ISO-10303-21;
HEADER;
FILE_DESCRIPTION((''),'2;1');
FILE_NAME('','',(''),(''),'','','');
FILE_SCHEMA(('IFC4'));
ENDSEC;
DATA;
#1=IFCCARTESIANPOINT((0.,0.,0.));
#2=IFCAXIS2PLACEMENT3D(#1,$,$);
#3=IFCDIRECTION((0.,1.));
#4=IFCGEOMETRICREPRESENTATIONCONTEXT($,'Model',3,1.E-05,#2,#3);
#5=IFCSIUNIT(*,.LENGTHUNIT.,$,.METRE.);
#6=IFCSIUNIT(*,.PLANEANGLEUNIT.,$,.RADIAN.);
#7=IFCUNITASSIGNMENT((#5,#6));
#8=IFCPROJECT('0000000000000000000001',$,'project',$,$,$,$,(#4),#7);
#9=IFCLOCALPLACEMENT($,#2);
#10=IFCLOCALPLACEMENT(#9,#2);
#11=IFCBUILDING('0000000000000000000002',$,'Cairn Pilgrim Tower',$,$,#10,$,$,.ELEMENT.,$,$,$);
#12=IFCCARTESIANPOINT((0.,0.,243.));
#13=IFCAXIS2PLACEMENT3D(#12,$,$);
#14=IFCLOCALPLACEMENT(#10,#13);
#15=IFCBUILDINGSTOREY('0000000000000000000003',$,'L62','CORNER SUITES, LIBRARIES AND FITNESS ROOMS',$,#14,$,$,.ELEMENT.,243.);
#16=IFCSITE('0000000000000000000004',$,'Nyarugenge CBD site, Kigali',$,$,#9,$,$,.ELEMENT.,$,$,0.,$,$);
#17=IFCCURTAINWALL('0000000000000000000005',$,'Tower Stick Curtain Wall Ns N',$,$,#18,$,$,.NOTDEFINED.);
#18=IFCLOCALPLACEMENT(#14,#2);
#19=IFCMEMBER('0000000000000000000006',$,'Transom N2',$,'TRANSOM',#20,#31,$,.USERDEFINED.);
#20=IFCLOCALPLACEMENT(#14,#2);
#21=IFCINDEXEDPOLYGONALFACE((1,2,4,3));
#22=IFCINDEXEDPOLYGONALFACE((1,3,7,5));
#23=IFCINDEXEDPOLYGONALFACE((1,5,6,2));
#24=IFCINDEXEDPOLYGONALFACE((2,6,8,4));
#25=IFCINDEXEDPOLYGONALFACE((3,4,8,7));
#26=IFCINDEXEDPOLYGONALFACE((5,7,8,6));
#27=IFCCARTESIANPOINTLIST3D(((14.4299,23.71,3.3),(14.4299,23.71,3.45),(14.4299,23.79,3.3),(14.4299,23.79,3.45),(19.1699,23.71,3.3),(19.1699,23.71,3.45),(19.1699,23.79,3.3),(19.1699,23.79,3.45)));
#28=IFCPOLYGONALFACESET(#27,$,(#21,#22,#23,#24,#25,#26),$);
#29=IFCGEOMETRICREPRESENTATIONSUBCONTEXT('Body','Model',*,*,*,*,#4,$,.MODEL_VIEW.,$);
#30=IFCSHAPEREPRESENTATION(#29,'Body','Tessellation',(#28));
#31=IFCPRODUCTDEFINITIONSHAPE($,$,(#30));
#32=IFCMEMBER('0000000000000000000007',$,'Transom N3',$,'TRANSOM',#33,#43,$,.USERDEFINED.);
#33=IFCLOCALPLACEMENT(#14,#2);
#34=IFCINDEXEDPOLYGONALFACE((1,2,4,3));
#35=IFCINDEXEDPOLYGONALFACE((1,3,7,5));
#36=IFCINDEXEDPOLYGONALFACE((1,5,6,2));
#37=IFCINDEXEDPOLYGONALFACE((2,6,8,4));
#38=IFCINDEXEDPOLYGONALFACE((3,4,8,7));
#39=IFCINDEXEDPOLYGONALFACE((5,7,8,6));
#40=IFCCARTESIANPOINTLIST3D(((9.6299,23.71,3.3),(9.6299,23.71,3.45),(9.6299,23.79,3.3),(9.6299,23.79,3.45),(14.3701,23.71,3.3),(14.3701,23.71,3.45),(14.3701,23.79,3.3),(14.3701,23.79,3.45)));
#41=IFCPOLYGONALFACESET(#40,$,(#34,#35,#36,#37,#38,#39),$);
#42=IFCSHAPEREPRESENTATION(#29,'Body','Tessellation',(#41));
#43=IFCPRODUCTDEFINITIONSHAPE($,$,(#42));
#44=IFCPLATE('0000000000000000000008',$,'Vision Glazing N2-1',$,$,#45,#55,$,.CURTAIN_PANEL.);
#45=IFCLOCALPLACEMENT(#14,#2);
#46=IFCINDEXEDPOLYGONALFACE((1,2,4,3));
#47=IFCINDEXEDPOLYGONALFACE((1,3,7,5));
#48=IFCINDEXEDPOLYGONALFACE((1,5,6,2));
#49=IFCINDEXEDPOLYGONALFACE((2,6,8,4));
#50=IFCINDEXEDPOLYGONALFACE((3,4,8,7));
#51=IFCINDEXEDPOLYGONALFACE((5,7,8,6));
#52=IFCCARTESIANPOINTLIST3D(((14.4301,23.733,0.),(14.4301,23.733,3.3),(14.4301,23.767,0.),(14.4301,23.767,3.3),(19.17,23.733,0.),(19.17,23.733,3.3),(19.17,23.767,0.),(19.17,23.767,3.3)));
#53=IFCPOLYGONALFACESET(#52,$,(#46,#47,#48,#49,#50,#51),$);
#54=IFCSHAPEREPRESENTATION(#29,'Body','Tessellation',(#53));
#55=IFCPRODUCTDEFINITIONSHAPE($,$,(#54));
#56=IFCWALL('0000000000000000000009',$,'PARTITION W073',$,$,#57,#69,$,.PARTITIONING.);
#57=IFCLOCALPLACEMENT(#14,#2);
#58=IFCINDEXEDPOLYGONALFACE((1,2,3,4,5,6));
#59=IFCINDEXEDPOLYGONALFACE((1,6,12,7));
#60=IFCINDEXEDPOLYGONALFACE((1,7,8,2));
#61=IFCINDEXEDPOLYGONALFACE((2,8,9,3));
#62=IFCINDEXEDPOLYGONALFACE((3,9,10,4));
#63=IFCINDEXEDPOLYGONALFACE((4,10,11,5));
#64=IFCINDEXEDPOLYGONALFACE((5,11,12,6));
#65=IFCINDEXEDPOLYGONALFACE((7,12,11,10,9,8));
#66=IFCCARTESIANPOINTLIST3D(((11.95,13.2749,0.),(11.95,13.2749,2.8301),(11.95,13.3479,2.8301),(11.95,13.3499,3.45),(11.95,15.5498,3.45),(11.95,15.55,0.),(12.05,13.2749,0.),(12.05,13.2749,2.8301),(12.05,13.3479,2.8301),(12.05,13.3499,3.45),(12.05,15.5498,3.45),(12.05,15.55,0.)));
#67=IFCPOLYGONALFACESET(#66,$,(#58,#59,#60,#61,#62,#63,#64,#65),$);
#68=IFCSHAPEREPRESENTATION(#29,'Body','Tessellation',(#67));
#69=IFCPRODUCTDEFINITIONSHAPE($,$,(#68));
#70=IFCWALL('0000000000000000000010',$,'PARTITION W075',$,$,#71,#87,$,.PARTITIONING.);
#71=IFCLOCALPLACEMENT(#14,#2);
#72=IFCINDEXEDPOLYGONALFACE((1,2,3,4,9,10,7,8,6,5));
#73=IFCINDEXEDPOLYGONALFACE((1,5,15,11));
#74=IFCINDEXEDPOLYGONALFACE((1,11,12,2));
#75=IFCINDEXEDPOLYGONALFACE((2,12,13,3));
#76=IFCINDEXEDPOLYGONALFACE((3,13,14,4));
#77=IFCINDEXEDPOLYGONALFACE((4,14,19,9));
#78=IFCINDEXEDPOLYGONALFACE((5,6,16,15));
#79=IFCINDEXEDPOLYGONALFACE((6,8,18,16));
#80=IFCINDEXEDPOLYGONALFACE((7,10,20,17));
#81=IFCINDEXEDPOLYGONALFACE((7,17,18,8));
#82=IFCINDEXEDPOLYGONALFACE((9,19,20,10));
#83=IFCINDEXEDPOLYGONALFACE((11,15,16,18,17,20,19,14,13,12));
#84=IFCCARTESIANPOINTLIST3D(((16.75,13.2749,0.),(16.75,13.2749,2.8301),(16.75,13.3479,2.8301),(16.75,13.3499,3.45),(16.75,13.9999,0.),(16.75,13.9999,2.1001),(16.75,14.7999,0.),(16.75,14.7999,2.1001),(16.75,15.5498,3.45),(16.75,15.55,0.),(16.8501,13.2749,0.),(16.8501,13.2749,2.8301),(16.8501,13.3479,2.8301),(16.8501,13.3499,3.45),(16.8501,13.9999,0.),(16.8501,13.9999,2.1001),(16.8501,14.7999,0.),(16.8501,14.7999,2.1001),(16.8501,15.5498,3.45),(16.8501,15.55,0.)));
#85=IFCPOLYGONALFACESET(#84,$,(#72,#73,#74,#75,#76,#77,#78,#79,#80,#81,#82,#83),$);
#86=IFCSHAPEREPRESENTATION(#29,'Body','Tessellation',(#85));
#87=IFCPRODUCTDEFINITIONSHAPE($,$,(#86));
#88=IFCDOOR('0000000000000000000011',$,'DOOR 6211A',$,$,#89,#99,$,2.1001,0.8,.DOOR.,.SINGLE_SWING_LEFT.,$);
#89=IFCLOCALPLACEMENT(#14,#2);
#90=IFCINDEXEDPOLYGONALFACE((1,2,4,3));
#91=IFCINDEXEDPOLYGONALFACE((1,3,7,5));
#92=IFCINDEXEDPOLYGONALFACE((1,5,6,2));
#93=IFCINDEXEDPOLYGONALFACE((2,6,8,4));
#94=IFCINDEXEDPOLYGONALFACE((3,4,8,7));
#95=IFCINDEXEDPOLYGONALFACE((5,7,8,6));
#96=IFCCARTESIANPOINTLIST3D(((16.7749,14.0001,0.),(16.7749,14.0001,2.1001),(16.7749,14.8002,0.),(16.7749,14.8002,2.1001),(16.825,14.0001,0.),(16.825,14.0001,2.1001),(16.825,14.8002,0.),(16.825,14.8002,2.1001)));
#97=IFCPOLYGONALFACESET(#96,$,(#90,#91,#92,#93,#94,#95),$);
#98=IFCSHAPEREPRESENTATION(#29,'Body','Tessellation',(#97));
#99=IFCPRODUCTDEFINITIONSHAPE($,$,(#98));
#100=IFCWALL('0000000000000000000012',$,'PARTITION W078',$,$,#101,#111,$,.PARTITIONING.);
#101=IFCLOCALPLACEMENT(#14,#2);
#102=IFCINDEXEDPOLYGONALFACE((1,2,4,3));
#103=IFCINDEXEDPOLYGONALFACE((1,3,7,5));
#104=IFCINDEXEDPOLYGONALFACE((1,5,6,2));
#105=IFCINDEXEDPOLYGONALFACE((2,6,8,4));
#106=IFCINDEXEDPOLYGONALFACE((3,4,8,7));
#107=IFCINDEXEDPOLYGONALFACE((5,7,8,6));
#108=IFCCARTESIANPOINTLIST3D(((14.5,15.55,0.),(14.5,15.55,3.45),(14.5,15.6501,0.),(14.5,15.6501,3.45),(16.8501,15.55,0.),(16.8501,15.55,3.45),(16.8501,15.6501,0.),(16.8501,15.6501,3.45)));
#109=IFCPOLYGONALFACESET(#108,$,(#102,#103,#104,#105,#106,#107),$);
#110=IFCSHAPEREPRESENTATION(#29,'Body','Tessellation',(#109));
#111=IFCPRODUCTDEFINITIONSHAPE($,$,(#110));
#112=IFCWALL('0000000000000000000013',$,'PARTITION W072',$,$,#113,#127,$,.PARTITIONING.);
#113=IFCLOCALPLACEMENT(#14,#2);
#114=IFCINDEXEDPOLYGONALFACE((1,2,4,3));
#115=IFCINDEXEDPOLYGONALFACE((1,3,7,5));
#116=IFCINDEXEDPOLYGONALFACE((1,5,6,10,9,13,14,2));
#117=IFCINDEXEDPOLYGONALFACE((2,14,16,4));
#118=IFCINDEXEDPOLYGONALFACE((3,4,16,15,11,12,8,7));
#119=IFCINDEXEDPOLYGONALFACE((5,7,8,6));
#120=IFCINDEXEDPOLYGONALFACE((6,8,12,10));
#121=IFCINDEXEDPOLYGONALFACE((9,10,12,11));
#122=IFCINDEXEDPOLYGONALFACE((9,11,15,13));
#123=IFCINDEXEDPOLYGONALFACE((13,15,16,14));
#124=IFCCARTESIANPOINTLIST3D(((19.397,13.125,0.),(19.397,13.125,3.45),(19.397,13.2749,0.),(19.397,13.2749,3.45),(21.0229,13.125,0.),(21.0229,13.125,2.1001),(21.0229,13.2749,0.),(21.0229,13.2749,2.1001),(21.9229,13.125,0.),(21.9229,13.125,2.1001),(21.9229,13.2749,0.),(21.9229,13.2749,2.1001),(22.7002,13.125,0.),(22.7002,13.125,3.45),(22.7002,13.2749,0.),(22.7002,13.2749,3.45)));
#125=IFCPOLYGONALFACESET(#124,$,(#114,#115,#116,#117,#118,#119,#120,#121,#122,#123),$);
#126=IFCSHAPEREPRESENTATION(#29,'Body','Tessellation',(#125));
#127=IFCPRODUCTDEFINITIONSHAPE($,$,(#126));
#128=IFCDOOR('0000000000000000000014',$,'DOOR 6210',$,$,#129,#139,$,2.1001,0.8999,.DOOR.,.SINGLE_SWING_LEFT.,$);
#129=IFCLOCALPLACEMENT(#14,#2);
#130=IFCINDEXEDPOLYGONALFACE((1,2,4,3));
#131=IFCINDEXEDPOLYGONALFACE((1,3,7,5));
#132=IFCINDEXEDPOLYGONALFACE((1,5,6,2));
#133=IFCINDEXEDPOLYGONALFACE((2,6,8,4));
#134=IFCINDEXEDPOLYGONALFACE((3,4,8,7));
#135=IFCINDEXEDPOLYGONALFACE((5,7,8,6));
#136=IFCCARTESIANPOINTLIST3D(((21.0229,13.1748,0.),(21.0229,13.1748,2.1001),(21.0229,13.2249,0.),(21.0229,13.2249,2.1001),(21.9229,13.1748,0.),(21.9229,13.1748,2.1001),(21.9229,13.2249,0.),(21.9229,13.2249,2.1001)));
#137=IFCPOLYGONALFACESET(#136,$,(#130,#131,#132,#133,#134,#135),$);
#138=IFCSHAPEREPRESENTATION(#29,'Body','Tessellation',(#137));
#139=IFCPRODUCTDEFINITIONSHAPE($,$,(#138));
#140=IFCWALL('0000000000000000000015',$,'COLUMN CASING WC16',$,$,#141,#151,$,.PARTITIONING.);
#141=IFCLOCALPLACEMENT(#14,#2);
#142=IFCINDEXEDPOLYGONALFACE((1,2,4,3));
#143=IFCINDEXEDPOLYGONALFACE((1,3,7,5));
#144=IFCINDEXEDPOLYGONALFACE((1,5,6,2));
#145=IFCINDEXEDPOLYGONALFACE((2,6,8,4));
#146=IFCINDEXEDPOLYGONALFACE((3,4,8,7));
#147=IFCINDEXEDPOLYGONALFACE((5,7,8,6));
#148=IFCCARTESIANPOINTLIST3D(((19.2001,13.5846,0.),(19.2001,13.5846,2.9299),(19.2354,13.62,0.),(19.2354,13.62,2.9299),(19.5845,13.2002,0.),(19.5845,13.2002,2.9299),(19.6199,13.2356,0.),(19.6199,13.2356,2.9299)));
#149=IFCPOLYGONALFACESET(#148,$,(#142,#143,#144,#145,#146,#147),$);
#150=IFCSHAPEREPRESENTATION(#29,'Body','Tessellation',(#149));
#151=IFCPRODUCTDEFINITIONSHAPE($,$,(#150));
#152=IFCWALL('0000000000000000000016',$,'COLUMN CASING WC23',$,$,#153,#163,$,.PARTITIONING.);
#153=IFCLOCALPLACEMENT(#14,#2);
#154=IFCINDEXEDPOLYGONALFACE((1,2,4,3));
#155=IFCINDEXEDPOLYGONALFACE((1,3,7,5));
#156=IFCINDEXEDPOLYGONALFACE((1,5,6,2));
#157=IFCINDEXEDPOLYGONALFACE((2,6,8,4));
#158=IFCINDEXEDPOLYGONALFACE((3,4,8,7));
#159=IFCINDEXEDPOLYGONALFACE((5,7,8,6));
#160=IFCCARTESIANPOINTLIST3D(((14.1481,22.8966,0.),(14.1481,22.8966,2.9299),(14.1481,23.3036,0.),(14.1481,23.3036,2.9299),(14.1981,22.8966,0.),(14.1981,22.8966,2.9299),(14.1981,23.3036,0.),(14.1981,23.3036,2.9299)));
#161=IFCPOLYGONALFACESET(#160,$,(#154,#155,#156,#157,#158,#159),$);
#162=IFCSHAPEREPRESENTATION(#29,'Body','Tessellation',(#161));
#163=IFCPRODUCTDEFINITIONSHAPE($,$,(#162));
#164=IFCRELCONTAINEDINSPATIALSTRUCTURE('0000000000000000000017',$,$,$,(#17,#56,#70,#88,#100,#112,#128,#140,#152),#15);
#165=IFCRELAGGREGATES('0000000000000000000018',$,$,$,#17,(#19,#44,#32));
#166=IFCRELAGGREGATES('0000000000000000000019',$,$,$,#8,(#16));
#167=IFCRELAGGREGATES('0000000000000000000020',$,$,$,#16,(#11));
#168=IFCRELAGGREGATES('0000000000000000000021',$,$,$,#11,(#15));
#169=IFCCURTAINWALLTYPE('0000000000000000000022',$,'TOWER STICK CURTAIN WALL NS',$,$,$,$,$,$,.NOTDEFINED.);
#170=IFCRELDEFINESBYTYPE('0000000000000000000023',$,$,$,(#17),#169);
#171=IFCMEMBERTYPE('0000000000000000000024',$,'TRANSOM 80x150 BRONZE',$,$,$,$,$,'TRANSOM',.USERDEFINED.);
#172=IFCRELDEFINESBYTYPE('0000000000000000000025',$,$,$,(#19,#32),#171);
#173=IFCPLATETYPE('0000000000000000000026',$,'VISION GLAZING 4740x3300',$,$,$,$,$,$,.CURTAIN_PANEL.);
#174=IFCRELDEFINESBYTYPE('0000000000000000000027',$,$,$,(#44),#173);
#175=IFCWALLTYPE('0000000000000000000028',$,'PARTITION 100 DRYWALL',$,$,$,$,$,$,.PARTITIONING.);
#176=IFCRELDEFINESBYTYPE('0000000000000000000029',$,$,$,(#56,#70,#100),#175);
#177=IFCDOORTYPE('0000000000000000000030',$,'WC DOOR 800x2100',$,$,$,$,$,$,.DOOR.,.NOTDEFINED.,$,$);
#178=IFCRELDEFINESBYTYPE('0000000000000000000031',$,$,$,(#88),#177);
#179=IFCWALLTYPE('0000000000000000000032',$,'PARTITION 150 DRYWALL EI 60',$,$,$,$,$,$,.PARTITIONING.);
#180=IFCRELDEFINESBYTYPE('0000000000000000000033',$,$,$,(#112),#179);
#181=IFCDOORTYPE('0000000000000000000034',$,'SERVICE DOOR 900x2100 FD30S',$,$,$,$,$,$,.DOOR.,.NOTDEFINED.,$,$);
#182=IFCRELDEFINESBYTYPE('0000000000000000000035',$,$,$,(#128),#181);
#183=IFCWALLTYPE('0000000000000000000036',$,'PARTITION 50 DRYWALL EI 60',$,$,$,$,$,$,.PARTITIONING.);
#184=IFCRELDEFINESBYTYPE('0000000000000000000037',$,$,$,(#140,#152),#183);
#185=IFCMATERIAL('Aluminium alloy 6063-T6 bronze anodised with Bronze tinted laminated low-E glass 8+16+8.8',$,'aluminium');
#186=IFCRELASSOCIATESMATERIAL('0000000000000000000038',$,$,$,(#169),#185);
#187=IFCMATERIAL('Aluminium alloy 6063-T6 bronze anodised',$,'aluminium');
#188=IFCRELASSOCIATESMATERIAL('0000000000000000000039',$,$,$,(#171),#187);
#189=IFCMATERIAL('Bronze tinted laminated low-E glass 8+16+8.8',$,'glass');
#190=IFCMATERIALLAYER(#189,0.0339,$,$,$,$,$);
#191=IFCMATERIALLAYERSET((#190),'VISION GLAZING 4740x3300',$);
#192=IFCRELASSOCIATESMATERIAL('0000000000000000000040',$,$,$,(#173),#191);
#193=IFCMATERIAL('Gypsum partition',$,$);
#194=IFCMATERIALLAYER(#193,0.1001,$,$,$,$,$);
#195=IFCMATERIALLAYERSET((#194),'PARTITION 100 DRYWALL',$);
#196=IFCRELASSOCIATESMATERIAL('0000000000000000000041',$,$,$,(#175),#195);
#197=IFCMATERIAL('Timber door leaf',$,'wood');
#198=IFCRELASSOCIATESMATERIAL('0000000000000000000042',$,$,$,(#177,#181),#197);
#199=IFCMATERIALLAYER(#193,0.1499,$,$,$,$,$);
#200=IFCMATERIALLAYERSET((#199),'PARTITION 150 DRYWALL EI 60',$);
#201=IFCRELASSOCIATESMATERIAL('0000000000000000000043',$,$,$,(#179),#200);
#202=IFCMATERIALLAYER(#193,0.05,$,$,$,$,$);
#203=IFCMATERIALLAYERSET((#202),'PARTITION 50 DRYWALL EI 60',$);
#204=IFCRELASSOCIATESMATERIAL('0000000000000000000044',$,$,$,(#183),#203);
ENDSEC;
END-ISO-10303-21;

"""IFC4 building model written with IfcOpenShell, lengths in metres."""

from ifc_helpers import new_model, si_unit, direction, frame, frame_2d, origin, origin_2d, place, context, subcontext, project, spatial, polyline, rectangle, outline, extrude, material, layer, layer_set, material_profile, profile_set, type_object, element, fill, aggregate, save


model = new_model("IFC4")

# Units and contexts
model_context = context("Model", 3, precision=1e-05, world=origin(), true_north=direction((0.0, 1.0)))
body_context = subcontext(model_context, "Body", "Model", "MODEL_VIEW")
ifc_project = project(units=[si_unit("LENGTHUNIT", "METRE"), si_unit("PLANEANGLEUNIT", "RADIAN")], contexts=[model_context])

# Site, building, storey
site_placement = place(None, origin())
site = spatial("IfcSite", under=ifc_project, at=site_placement, Name="Nyarugenge CBD site, Kigali", CompositionType="ELEMENT", RefElevation=0.0)
building_placement = place(site_placement, origin())
building = spatial("IfcBuilding", under=site, at=building_placement, Name="Cairn Pilgrim Tower", CompositionType="ELEMENT")
storey_placement = place(building_placement, frame((0.0, 0.0, 243.0)))
storey = spatial("IfcBuildingStorey", under=building, at=storey_placement, Name="L62", Description="CORNER SUITES, LIBRARIES AND FITNESS ROOMS", CompositionType="ELEMENT", Elevation=243.0)

# Curtain wall
ifc_material_1 = material(Name="Aluminium alloy 6063-T6 bronze anodised with Bronze tinted laminated low-E glass 8+16+8.8", Category="aluminium")
curtain_wall_type = type_object("IfcCurtainWallType", Name="TOWER STICK CURTAIN WALL NS", PredefinedType="NOTDEFINED", material=ifc_material_1)
curtain_wall_placement = place(storey_placement, origin())
curtain_wall = element("IfcCurtainWall", 1, at=curtain_wall_placement, inside=storey, type_object=curtain_wall_type, Name="Tower Stick Curtain Wall Ns N", PredefinedType="NOTDEFINED")
ifc_material_2 = material(Name="Aluminium alloy 6063-T6 bronze anodised", Category="aluminium")

# Members
ifc_material_profile_1 = material_profile(ifc_material_2, rectangle(XDim=0.0801, YDim=0.1499, at=origin_2d()), Name="TRANSOM 80x150 BRONZE")
ifc_profile_set_1 = profile_set([ifc_material_profile_1], Name="Aluminium alloy 6063-T6 bronze anodised")
member_type_1 = type_object("IfcMemberType", Name="TRANSOM 80x150 BRONZE", ElementType="TRANSOM", PredefinedType="USERDEFINED", material=ifc_profile_set_1)
member_1_placement = place(storey_placement, frame((19.1699, 23.75, 3.375), z_axis=(-1.0, 0.0, 0.0), x_axis=(0.0, -1.0, 0.0)))
member_1 = element("IfcMember", 2, at=member_1_placement, type_object=member_type_1, Name="Transom N2", ObjectType="TRANSOM", PredefinedType="USERDEFINED", context=body_context, shape_type="SweptSolid", body=[
    extrude(rectangle(XDim=0.0801, YDim=0.1499, at=origin_2d()), origin(), (0.0, 0.0, 1.0), 4.74),
])
member_2_placement = place(storey_placement, frame((14.3701, 23.75, 3.375), z_axis=(-1.0, 0.0, 0.0), x_axis=(0.0, -1.0, 0.0)))
member_2 = element("IfcMember", 3, at=member_2_placement, type_object=member_type_1, Name="Transom N3", ObjectType="TRANSOM", PredefinedType="USERDEFINED", context=body_context, shape_type="SweptSolid", body=[
    extrude(rectangle(XDim=0.0801, YDim=0.1499, at=origin_2d()), origin(), (0.0, 0.0, 1.0), 4.7402),
])

# Plate
ifc_material_3 = material(Name="Bronze tinted laminated low-E glass 8+16+8.8", Category="glass")
ifc_layer_1 = layer(ifc_material_3, 0.0339)
ifc_layer_set_1 = layer_set([ifc_layer_1], Name="VISION GLAZING 4740x3300")
plate_type = type_object("IfcPlateType", Name="VISION GLAZING 4740x3300", PredefinedType="CURTAIN_PANEL", material=ifc_layer_set_1)
plate_placement = place(storey_placement, frame((16.8, 23.75, 0.0), z_axis=(0.0, 0.0, 1.0), x_axis=(-1.0, 0.0, 0.0)))
plate = element("IfcPlate", 4, at=plate_placement, type_object=plate_type, Name="Vision Glazing N2-1", PredefinedType="CURTAIN_PANEL", context=body_context, shape_type="SweptSolid", body=[
    extrude(rectangle(XDim=4.74, YDim=0.0339, at=origin_2d()), origin(), (0.0, 0.0, 1.0), 3.3),
])
aggregate(curtain_wall, [member_1, plate, member_2])

# Wall
ifc_material_4 = material(Name="Gypsum partition")
ifc_layer_2 = layer(ifc_material_4, 0.1001)
ifc_layer_set_2 = layer_set([ifc_layer_2], Name="PARTITION 100 DRYWALL")
wall_type_1 = type_object("IfcWallType", Name="PARTITION 100 DRYWALL", PredefinedType="PARTITIONING", material=ifc_layer_set_2)
wall_1_placement = place(storey_placement, frame((12.0, 13.2749, 0.0), z_axis=(0.0, 0.0, 1.0), x_axis=(0.0, 1.0, 0.0)))
element("IfcWall", 5, at=wall_1_placement, inside=storey, type_object=wall_type_1, Name="PARTITION W073", PredefinedType="PARTITIONING", context=body_context, shape_type="SweptSolid", body=[
    extrude(outline(polyline([(0.0, 0.0), (2.2751, 0.0), (2.2749, 3.45), (0.075, 3.45), (0.073, 2.8301), (0.0, 2.8301), (0.0, 0.0)])), frame((0.0, 0.05, 0.0), z_axis=(0.0, -1.0, 0.0), x_axis=(1.0, 0.0, 0.0)), (0.0, 0.0, 1.0), 0.1001),
])

# Wall, opening, door
wall_2_placement = place(storey_placement, frame((16.8, 13.2749, 0.0), z_axis=(0.0, 0.0, 1.0), x_axis=(0.0, 1.0, 0.0)))
wall_2 = element("IfcWall", 6, at=wall_2_placement, inside=storey, type_object=wall_type_1, Name="PARTITION W075", PredefinedType="PARTITIONING", context=body_context, shape_type="SweptSolid", body=[
    extrude(outline(polyline([(0.0, 0.0), (2.2751, 0.0), (2.2749, 3.45), (0.075, 3.45), (0.073, 2.8301), (0.0, 2.8301), (0.0, 0.0)])), frame((0.0, 0.05, 0.0), z_axis=(0.0, -1.0, 0.0), x_axis=(1.0, 0.0, 0.0)), (0.0, 0.0, 1.0), 0.1001),
])
opening_1_placement = place(wall_2_placement, frame((0.7251, 0.0, 0.0)))
opening_1 = element("IfcOpeningElement", 7, at=opening_1_placement, cuts=wall_2, PredefinedType="OPENING", context=body_context, shape_type="SweptSolid", body=[
    extrude(rectangle(XDim=0.8, YDim=2.1001, at=frame_2d((0.3999, 1.05))), frame((0.0, 0.0601, 0.0), z_axis=(0.0, -1.0, 0.0), x_axis=(1.0, 0.0, 0.0)), (0.0, 0.0, 1.0), 0.1201),
])
ifc_material_5 = material(Name="Timber door leaf", Category="wood")
door_type_1 = type_object("IfcDoorType", Name="WC DOOR 800x2100", OperationType="NOTDEFINED", PredefinedType="DOOR", material=ifc_material_5)
door_1_placement = place(opening_1_placement, frame((0.8, 0.0, 0.0), z_axis=(0.0, 0.0, 1.0), x_axis=(-1.0, 0.0, 0.0)))
door_1 = element("IfcDoor", 8, at=door_1_placement, inside=storey, type_object=door_type_1, Name="DOOR 6211A", OperationType="SINGLE_SWING_LEFT", OverallHeight=2.1001, OverallWidth=0.8, PredefinedType="DOOR", context=body_context, shape_type="SweptSolid", body=[
    extrude(rectangle(XDim=0.8, YDim=2.1001, at=frame_2d((0.3999, 1.05))), frame((0.0, 0.0249, 0.0), z_axis=(0.0, -1.0, 0.0), x_axis=(1.0, 0.0, 0.0)), (0.0, 0.0, 1.0), 0.05),
])
fill(opening_1, door_1)

# Wall
wall_3_placement = place(storey_placement, frame((14.5, 15.6001, 0.0), z_axis=(0.0, 0.0, 1.0), x_axis=(1.0, 0.0, 0.0)))
element("IfcWall", 9, at=wall_3_placement, inside=storey, type_object=wall_type_1, Name="PARTITION W078", PredefinedType="PARTITIONING", context=body_context, shape_type="SweptSolid", body=[
    extrude(rectangle(XDim=2.3501, YDim=0.1001, at=frame_2d((1.175, 0.0))), origin(), (0.0, 0.0, 1.0), 3.45),
])

# Wall, opening, door
ifc_layer_3 = layer(ifc_material_4, 0.1499)
ifc_layer_set_3 = layer_set([ifc_layer_3], Name="PARTITION 150 DRYWALL EI 60")
wall_type_2 = type_object("IfcWallType", Name="PARTITION 150 DRYWALL EI 60", PredefinedType="PARTITIONING", material=ifc_layer_set_3)
wall_4_placement = place(storey_placement, frame((19.397, 13.2, 0.0), z_axis=(0.0, 0.0, 1.0), x_axis=(1.0, 0.0, 0.0)))
wall_4 = element("IfcWall", 10, at=wall_4_placement, inside=storey, type_object=wall_type_2, Name="PARTITION W072", PredefinedType="PARTITIONING", context=body_context, shape_type="SweptSolid", body=[
    extrude(rectangle(XDim=3.3032, YDim=0.1499, at=frame_2d((1.6516, 0.0))), origin(), (0.0, 0.0, 1.0), 3.45),
])
opening_2_placement = place(wall_4_placement, frame((1.626, 0.0, 0.0)))
opening_2 = element("IfcOpeningElement", 11, at=opening_2_placement, cuts=wall_4, PredefinedType="OPENING", context=body_context, shape_type="SweptSolid", body=[
    extrude(rectangle(XDim=0.8999, YDim=2.1001, at=frame_2d((0.45, 1.05))), frame((0.0, 0.085, 0.0), z_axis=(0.0, -1.0, 0.0), x_axis=(1.0, 0.0, 0.0)), (0.0, 0.0, 1.0), 0.1699),
])
door_type_2 = type_object("IfcDoorType", Name="SERVICE DOOR 900x2100 FD30S", OperationType="NOTDEFINED", PredefinedType="DOOR", material=ifc_material_5)
door_2_placement = place(opening_2_placement, origin())
door_2 = element("IfcDoor", 12, at=door_2_placement, inside=storey, type_object=door_type_2, Name="DOOR 6210", OperationType="SINGLE_SWING_LEFT", OverallHeight=2.1001, OverallWidth=0.8999, PredefinedType="DOOR", context=body_context, shape_type="SweptSolid", body=[
    extrude(rectangle(XDim=0.8999, YDim=2.1001, at=frame_2d((0.45, 1.05))), frame((0.0, 0.0249, 0.0), z_axis=(0.0, -1.0, 0.0), x_axis=(1.0, 0.0, 0.0)), (0.0, 0.0, 1.0), 0.05),
])
fill(opening_2, door_2)

# Walls
ifc_layer_4 = layer(ifc_material_4, 0.05)
ifc_layer_set_4 = layer_set([ifc_layer_4], Name="PARTITION 50 DRYWALL EI 60")
wall_type_3 = type_object("IfcWallType", Name="PARTITION 50 DRYWALL EI 60", PredefinedType="PARTITIONING", material=ifc_layer_set_4)
wall_5_placement = place(storey_placement, frame((19.6023, 13.2178, 0.0), z_axis=(0.0, 0.0, 1.0), x_axis=(-0.707107, 0.707107, 0.0)))
element("IfcWall", 13, at=wall_5_placement, inside=storey, type_object=wall_type_3, Name="COLUMN CASING WC16", PredefinedType="PARTITIONING", context=body_context, shape_type="SweptSolid", body=[
    extrude(rectangle(XDim=0.5437, YDim=0.05, at=frame_2d((0.272, 0.0))), origin(), (0.0, 0.0, 1.0), 2.9299),
])
wall_6_placement = place(storey_placement, frame((14.1731, 22.8965, 0.0), z_axis=(0.0, 0.0, 1.0), x_axis=(0.0, 1.0, 0.0)))
element("IfcWall", 14, at=wall_6_placement, inside=storey, type_object=wall_type_3, Name="COLUMN CASING WC23", PredefinedType="PARTITIONING", context=body_context, shape_type="SweptSolid", body=[
    extrude(rectangle(XDim=0.407, YDim=0.05, at=frame_2d((0.2036, 0.0))), origin(), (0.0, 0.0, 1.0), 2.9299),
])

save(model, "model.ifc")
